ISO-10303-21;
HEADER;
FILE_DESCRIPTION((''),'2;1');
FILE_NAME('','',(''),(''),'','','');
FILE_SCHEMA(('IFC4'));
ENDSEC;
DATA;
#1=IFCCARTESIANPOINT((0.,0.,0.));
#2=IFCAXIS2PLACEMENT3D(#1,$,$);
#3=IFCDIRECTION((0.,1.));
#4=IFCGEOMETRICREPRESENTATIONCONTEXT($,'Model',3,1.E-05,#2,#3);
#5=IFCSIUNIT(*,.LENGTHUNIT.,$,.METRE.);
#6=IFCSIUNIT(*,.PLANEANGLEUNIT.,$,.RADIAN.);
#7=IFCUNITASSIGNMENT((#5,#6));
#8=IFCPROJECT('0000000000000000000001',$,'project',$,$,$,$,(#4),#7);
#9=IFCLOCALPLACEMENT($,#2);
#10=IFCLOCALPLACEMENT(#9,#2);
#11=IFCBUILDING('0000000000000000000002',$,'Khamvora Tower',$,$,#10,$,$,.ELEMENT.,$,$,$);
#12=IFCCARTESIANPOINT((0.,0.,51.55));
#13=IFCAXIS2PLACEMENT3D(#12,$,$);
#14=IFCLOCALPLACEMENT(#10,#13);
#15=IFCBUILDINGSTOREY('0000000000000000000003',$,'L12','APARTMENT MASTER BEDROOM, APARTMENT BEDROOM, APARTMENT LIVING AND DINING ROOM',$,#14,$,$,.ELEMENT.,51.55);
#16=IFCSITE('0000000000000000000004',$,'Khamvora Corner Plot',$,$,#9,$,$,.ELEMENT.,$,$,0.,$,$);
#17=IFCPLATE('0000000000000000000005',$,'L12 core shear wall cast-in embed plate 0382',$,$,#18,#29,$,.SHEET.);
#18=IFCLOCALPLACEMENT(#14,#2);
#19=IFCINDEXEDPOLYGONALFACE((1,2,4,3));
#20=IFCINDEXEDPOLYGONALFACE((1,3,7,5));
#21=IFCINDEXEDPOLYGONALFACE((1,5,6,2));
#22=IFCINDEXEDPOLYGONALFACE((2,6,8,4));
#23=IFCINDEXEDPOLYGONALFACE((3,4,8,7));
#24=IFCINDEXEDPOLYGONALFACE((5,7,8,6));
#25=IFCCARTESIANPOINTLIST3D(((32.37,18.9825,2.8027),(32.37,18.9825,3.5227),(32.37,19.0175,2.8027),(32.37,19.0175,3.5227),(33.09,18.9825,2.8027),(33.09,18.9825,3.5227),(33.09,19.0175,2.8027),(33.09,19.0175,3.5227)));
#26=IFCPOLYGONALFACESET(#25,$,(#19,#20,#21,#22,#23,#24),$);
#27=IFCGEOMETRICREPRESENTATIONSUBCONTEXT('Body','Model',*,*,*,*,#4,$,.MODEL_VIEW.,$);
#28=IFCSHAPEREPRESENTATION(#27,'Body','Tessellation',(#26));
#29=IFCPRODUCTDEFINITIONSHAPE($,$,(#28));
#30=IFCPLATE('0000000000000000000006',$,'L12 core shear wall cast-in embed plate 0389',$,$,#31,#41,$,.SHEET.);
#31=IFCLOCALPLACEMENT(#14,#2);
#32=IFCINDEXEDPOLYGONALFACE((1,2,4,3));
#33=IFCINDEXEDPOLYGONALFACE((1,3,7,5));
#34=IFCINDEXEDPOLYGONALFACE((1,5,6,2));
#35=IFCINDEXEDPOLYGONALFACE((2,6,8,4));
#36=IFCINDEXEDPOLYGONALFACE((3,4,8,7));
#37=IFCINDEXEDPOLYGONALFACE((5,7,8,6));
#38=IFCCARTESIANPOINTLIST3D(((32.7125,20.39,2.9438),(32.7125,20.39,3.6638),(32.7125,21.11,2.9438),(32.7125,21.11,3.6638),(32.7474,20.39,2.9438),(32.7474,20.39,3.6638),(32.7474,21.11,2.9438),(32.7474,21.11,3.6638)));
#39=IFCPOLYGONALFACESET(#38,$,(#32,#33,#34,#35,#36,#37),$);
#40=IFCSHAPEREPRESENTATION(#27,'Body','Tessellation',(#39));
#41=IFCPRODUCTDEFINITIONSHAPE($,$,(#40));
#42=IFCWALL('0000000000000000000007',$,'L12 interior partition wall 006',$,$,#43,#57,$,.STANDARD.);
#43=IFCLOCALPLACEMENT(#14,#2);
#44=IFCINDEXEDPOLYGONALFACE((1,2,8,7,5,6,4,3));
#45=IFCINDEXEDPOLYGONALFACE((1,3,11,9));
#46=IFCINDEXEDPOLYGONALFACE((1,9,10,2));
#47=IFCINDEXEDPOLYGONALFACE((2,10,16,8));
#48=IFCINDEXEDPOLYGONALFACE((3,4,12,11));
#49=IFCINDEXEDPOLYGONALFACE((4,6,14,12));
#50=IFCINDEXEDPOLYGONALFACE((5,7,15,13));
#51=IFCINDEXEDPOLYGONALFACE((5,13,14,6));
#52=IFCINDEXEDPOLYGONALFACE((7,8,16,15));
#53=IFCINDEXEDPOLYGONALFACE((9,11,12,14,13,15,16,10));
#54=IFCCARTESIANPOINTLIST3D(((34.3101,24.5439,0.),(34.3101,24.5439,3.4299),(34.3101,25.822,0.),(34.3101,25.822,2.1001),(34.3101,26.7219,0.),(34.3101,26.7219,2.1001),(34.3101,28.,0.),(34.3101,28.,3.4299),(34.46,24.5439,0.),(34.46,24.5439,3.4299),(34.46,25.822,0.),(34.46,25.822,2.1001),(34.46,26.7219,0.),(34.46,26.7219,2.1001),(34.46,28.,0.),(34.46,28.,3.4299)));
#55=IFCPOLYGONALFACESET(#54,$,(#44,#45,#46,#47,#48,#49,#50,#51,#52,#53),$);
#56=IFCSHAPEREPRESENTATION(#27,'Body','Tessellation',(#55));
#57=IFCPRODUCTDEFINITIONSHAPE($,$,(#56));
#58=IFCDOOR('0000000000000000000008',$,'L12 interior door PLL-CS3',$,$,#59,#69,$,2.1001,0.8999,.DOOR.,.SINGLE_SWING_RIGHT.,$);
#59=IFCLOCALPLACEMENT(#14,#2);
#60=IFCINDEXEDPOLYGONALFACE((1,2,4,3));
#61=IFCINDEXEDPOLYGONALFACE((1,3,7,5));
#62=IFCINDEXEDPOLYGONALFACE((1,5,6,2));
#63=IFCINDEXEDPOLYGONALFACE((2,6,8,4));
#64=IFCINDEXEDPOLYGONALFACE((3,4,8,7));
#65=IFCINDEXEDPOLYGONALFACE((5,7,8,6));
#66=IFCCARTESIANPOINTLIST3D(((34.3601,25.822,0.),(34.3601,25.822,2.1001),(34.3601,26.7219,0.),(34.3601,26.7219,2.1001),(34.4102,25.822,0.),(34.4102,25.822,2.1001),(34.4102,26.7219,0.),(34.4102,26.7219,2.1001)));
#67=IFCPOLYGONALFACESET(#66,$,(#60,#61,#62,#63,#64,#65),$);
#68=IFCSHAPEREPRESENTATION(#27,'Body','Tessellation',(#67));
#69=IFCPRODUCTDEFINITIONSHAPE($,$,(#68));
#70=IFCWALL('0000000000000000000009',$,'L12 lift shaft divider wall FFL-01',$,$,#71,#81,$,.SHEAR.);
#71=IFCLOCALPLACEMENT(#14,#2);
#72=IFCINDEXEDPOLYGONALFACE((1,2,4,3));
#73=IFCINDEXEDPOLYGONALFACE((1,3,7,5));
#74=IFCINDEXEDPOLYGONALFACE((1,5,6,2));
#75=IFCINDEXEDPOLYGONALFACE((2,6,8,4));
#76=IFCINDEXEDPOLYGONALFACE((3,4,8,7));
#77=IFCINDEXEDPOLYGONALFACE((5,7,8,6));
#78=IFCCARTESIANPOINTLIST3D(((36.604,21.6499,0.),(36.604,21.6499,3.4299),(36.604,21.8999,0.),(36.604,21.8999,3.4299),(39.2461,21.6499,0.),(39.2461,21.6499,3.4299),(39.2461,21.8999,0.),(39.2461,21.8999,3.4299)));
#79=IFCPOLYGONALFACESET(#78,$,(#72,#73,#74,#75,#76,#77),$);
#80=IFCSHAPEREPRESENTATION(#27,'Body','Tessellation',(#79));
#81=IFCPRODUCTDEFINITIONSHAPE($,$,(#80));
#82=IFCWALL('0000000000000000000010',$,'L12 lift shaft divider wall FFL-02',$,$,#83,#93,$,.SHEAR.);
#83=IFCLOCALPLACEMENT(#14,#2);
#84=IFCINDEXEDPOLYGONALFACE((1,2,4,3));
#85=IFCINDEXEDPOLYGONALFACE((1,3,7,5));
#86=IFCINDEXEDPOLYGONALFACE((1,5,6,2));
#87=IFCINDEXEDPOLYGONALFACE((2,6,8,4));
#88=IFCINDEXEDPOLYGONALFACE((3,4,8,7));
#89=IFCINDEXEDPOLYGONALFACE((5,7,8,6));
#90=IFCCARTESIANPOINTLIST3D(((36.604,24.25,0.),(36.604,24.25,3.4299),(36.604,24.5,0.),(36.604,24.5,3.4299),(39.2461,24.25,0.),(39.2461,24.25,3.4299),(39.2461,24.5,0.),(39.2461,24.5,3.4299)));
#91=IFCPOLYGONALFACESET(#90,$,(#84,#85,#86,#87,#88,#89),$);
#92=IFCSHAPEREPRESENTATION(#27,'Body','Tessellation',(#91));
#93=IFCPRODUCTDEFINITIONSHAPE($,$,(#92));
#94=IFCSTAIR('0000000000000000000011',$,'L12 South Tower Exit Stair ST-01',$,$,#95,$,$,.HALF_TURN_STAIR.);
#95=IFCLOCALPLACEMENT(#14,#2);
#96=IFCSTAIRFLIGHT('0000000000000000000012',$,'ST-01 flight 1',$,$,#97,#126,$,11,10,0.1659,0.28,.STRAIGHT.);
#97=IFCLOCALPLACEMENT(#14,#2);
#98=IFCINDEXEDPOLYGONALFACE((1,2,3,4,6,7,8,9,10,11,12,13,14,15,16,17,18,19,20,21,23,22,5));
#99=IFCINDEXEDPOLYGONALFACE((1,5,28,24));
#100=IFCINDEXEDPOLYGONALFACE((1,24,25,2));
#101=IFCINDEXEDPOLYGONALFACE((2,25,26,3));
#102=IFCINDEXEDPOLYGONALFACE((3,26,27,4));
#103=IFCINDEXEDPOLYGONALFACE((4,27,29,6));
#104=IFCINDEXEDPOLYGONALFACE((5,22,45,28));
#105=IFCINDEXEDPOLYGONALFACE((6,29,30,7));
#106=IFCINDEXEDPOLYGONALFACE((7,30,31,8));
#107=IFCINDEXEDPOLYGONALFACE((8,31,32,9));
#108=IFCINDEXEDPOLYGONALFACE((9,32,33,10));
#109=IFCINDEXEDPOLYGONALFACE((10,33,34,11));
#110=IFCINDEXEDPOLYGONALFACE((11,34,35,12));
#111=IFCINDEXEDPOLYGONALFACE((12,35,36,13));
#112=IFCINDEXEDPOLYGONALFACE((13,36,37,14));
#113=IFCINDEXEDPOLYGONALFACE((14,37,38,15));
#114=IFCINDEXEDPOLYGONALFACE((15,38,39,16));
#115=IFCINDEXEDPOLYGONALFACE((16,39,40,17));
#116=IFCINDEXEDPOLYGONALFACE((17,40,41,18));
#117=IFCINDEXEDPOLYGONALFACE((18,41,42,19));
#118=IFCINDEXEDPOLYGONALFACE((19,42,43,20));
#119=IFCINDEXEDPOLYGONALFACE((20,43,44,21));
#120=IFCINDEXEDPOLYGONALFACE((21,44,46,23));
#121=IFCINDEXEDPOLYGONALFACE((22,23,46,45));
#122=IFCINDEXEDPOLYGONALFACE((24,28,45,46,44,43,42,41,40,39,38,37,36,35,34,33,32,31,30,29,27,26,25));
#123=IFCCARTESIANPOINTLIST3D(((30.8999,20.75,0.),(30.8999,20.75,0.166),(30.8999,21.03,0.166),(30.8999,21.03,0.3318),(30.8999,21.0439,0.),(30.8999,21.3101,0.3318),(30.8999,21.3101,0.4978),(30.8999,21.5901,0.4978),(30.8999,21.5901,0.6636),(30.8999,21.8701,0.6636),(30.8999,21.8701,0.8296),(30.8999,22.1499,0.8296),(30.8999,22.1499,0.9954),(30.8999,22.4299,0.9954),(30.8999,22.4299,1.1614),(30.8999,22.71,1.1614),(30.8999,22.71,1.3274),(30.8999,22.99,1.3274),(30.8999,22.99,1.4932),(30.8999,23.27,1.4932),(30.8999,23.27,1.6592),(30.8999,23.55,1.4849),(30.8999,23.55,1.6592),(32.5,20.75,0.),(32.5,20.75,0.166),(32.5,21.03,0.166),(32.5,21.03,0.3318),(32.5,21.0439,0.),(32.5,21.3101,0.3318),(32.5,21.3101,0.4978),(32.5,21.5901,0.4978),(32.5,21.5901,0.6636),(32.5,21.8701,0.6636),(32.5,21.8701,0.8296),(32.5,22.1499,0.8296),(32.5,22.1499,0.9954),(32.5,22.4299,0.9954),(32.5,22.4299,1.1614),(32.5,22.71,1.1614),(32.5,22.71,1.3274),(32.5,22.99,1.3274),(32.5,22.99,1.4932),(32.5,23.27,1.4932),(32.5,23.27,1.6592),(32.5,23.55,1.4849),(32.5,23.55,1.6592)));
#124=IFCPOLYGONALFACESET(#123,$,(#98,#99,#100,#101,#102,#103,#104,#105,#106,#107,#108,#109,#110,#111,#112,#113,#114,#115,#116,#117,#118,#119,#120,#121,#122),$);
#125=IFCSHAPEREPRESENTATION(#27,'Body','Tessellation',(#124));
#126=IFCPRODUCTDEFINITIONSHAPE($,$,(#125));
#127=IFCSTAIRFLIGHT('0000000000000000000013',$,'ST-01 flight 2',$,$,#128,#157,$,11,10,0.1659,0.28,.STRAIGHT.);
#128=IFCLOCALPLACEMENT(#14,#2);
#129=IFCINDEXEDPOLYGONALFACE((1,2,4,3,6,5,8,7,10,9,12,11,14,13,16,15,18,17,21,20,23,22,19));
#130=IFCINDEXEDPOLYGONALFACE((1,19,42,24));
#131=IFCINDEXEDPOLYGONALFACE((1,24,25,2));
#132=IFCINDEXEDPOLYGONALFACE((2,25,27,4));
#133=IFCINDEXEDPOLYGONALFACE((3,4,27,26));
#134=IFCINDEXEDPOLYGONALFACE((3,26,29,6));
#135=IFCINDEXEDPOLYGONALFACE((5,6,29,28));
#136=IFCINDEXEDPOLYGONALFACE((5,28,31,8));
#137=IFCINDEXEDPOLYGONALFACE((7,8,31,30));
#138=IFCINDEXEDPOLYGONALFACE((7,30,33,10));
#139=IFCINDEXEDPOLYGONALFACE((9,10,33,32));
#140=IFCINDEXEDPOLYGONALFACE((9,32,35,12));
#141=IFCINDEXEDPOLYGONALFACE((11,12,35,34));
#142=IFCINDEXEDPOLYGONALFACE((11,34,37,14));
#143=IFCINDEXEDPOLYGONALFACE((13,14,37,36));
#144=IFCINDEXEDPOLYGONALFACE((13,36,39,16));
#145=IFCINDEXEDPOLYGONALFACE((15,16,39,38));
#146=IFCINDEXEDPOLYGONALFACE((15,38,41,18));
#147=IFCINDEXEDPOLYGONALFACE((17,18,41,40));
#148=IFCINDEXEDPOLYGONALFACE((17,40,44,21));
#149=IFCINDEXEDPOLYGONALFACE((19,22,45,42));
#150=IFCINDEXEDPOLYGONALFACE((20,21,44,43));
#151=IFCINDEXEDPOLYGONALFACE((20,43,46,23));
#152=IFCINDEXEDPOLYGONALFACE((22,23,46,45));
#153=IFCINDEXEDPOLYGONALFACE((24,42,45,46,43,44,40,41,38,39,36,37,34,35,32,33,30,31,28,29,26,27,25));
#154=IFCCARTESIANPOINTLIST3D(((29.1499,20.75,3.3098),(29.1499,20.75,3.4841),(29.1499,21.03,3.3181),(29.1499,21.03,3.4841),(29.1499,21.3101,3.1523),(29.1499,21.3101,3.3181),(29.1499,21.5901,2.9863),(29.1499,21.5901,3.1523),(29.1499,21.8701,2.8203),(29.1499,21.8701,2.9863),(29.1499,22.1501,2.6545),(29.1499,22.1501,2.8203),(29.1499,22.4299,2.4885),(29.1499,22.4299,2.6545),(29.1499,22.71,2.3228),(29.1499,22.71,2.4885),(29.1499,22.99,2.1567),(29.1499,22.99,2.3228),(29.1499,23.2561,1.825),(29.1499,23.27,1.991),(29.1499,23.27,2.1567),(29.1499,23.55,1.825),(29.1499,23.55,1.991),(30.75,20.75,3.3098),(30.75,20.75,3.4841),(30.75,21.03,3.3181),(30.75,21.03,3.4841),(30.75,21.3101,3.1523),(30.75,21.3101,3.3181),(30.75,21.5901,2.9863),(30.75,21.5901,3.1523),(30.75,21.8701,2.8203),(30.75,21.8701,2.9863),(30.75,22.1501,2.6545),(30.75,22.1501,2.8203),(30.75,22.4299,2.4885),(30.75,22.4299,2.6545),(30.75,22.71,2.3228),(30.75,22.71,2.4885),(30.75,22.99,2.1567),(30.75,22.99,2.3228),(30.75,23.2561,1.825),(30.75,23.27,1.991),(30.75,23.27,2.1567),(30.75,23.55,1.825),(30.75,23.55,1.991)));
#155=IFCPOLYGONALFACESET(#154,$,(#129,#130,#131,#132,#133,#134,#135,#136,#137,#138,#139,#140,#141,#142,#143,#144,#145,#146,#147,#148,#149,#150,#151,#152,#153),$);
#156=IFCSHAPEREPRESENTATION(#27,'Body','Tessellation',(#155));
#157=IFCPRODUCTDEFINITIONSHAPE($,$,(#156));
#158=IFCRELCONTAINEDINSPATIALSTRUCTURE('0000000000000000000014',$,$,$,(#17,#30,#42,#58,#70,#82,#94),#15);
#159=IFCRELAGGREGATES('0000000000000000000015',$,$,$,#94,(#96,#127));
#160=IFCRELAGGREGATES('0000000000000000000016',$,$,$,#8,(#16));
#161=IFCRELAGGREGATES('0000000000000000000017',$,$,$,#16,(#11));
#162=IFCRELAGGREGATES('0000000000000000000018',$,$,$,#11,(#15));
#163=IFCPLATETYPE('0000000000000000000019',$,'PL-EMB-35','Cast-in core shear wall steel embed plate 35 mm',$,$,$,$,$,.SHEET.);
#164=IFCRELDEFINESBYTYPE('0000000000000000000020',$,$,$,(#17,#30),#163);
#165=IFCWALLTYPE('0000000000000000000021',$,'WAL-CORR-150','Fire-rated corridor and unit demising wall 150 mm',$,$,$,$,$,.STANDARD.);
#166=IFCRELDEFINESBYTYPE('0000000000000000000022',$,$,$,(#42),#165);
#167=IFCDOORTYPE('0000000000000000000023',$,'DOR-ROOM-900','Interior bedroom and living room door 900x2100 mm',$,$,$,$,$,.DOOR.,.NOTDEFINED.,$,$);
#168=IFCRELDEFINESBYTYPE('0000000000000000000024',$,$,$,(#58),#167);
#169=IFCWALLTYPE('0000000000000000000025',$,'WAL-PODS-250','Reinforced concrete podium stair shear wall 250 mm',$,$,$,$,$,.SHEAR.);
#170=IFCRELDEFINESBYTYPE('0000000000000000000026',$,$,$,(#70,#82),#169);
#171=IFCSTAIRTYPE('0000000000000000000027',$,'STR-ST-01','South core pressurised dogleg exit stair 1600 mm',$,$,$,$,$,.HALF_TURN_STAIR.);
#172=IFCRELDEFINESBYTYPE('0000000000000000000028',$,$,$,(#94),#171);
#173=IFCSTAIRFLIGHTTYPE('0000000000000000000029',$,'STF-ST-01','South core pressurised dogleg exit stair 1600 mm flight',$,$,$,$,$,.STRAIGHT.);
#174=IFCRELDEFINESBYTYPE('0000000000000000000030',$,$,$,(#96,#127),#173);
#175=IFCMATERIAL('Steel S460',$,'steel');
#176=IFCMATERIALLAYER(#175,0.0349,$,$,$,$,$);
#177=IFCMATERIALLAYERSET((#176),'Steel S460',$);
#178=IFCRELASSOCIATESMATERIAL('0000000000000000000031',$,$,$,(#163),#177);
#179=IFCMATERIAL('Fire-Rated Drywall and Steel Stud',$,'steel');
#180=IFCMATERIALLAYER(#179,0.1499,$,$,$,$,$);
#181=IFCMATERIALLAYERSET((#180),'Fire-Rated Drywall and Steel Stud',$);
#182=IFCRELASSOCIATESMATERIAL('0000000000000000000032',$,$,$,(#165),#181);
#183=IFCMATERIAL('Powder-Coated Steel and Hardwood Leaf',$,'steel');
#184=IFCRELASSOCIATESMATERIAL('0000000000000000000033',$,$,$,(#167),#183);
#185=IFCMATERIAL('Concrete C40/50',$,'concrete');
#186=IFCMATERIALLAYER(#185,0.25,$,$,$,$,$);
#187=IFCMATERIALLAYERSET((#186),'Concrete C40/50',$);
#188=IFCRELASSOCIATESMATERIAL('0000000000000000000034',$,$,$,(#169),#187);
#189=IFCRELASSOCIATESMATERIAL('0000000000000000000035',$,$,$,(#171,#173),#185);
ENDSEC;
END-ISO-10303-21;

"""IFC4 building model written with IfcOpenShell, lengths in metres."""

from ifc_helpers import new_model, si_unit, direction, frame, frame_2d, origin, origin_2d, place, context, subcontext, project, spatial, polyline, rectangle, outline, extrude, material, layer, layer_set, type_object, element, fill, aggregate, save


model = new_model("IFC4")

# Units and contexts
model_context = context("Model", 3, precision=1e-05, world=origin(), true_north=direction((0.0, 1.0)))
body_context = subcontext(model_context, "Body", "Model", "MODEL_VIEW")
ifc_project = project(units=[si_unit("LENGTHUNIT", "METRE"), si_unit("PLANEANGLEUNIT", "RADIAN")], contexts=[model_context])

# Site, building, storey
site_placement = place(None, origin())
site = spatial("IfcSite", under=ifc_project, at=site_placement, Name="Khamvora Corner Plot", CompositionType="ELEMENT", RefElevation=0.0)
building_placement = place(site_placement, origin())
building = spatial("IfcBuilding", under=site, at=building_placement, Name="Khamvora Tower", CompositionType="ELEMENT")
storey_placement = place(building_placement, frame((0.0, 0.0, 51.55)))
storey = spatial("IfcBuildingStorey", under=building, at=storey_placement, Name="L12", Description="APARTMENT MASTER BEDROOM, APARTMENT BEDROOM, APARTMENT LIVING AND DINING ROOM", CompositionType="ELEMENT", Elevation=51.55)

# Shared definitions
ifc_material_1 = material(Name="Steel S460", Category="steel")

# Plates
ifc_layer_1 = layer(ifc_material_1, 0.0349)
ifc_layer_set_1 = layer_set([ifc_layer_1], Name="Steel S460")
plate_type = type_object("IfcPlateType", Name="PL-EMB-35", Description="Cast-in core shear wall steel embed plate 35 mm", PredefinedType="SHEET", material=ifc_layer_set_1)
plate_1_placement = place(storey_placement, frame((32.73, 19.0, 2.8027), z_axis=(0.0, 0.0, 1.0), x_axis=(1.0, 0.0, 0.0)))
element("IfcPlate", 1, at=plate_1_placement, inside=storey, type_object=plate_type, Name="L12 core shear wall cast-in embed plate 0382", PredefinedType="SHEET", context=body_context, shape_type="SweptSolid", body=[
    extrude(rectangle(XDim=0.72, YDim=0.0349, at=origin_2d()), origin(), (0.0, 0.0, 1.0), 0.72),
])
plate_2_placement = place(storey_placement, frame((32.73, 20.75, 2.9438), z_axis=(0.0, 0.0, 1.0), x_axis=(1.0, 0.0, 0.0)))
element("IfcPlate", 2, at=plate_2_placement, inside=storey, type_object=plate_type, Name="L12 core shear wall cast-in embed plate 0389", PredefinedType="SHEET", context=body_context, shape_type="SweptSolid", body=[
    extrude(rectangle(XDim=0.0349, YDim=0.72, at=origin_2d()), origin(), (0.0, 0.0, 1.0), 0.72),
])

# Shared definitions
ifc_material_2 = material(Name="Powder-Coated Steel and Hardwood Leaf", Category="steel")

# Wall, opening, door
ifc_material_3 = material(Name="Fire-Rated Drywall and Steel Stud", Category="steel")
ifc_layer_2 = layer(ifc_material_3, 0.1499)
ifc_layer_set_2 = layer_set([ifc_layer_2], Name="Fire-Rated Drywall and Steel Stud")
wall_type_1 = type_object("IfcWallType", Name="WAL-CORR-150", Description="Fire-rated corridor and unit demising wall 150 mm", PredefinedType="STANDARD", material=ifc_layer_set_2)
wall_1_placement = place(storey_placement, frame((34.385, 24.5439, 0.0), z_axis=(0.0, 0.0, 1.0), x_axis=(0.0, 1.0, 0.0)))
wall_1 = element("IfcWall", 3, at=wall_1_placement, inside=storey, type_object=wall_type_1, Name="L12 interior partition wall 006", PredefinedType="STANDARD", context=body_context, shape_type="SweptSolid", body=[
    extrude(rectangle(XDim=3.4561, YDim=0.1499, at=frame_2d((1.728, 0.0))), origin(), (0.0, 0.0, 1.0), 3.4299),
])
opening_1_placement = place(wall_1_placement, frame((1.2781, 0.0, 0.0)))
opening_1 = element("IfcOpeningElement", 4, at=opening_1_placement, cuts=wall_1, PredefinedType="OPENING", context=body_context, shape_type="SweptSolid", body=[
    extrude(rectangle(XDim=0.8999, YDim=2.1001, at=frame_2d((0.45, 1.05))), frame((0.0, 0.085, 0.0), z_axis=(0.0, -1.0, 0.0), x_axis=(1.0, 0.0, 0.0)), (0.0, 0.0, 1.0), 0.1699),
])
door_type_1 = type_object("IfcDoorType", Name="DOR-ROOM-900", Description="Interior bedroom and living room door 900x2100 mm", OperationType="NOTDEFINED", PredefinedType="DOOR", material=ifc_material_2)
door_1_placement = place(opening_1_placement, origin())
door_1 = element("IfcDoor", 5, at=door_1_placement, inside=storey, type_object=door_type_1, Name="L12 interior door PLL-CS3", OperationType="SINGLE_SWING_RIGHT", OverallHeight=2.1001, OverallWidth=0.8999, PredefinedType="DOOR", context=body_context, shape_type="SweptSolid", body=[
    extrude(rectangle(XDim=0.8999, YDim=2.1001, at=frame_2d((0.45, 1.05))), frame((0.0, 0.0249, 0.0), z_axis=(0.0, -1.0, 0.0), x_axis=(1.0, 0.0, 0.0)), (0.0, 0.0, 1.0), 0.05),
])
fill(opening_1, door_1)

# Walls
ifc_material_4 = material(Name="Concrete C40/50", Category="concrete")
ifc_layer_3 = layer(ifc_material_4, 0.25)
ifc_layer_set_3 = layer_set([ifc_layer_3], Name="Concrete C40/50")
wall_type_2 = type_object("IfcWallType", Name="WAL-PODS-250", Description="Reinforced concrete podium stair shear wall 250 mm", PredefinedType="SHEAR", material=ifc_layer_set_3)
for number, where, z_axis, x_axis, name in (
    (6, (36.604, 21.7749, 0.0), (0.0, 0.0, 1.0), (1.0, 0.0, 0.0), "L12 lift shaft divider wall FFL-01"),
    (7, (36.604, 24.375, 0.0), (0.0, 0.0, 1.0), (1.0, 0.0, 0.0), "L12 lift shaft divider wall FFL-02"),
):
    element("IfcWall", number, at=place(storey_placement, frame(where, z_axis=z_axis, x_axis=x_axis)), inside=storey, type_object=wall_type_2, Name=name, PredefinedType="SHEAR", context=body_context, shape_type="SweptSolid", body=[
        extrude(rectangle(XDim=2.6421, YDim=0.25, at=frame_2d((1.321, 0.0))), origin(), (0.0, 0.0, 1.0), 3.4299),
    ])

# Stair, stair flights
stair_type = type_object("IfcStairType", Name="STR-ST-01", Description="South core pressurised dogleg exit stair 1600 mm", PredefinedType="HALF_TURN_STAIR", material=ifc_material_4)
stair_placement = place(storey_placement, origin())
stair = element("IfcStair", 8, at=stair_placement, inside=storey, type_object=stair_type, Name="L12 South Tower Exit Stair ST-01", PredefinedType="HALF_TURN_STAIR")
stair_flight_type = type_object("IfcStairFlightType", Name="STF-ST-01", Description="South core pressurised dogleg exit stair 1600 mm flight", PredefinedType="STRAIGHT", material=ifc_material_4)
stair_flight_1_placement = place(storey_placement, frame((31.7, 20.75, 0.0), z_axis=(0.0, 0.0, 1.0), x_axis=(0.0, 1.0, 0.0)))
stair_flight_1 = element("IfcStairFlight", 9, at=stair_flight_1_placement, type_object=stair_flight_type, Name="ST-01 flight 1", NumberOfRisers=11, NumberOfTreads=10, PredefinedType="STRAIGHT", RiserHeight=0.1659, TreadLength=0.28, context=body_context, shape_type="SweptSolid", body=[
    extrude(outline(polyline([(0.0, 0.0), (0.0, 0.166), (0.28, 0.166), (0.28, 0.3318), (0.5601, 0.3318), (0.5601, 0.4978), (0.8401, 0.4978), (0.8401, 0.6636), (1.1201, 0.6636), (1.1201, 0.8296), (1.3999, 0.8296), (1.3999, 0.9954), (1.6799, 0.9954), (1.6799, 1.1614), (1.96, 1.1614), (1.96, 1.3274), (2.24, 1.3274), (2.24, 1.4932), (2.52, 1.4932), (2.52, 1.6592), (2.8, 1.6592), (2.8, 1.825), (2.8, 1.4849), (0.2939, 0.0), (0.0, 0.0)])), frame((0.0, 0.8, 0.0), z_axis=(0.0, -1.0, 0.0), x_axis=(1.0, 0.0, 0.0)), (0.0, 0.0, 1.0), 1.6001),
])
stair_flight_2_placement = place(storey_placement, frame((29.95, 23.55, 1.825), z_axis=(0.0, 0.0, 1.0), x_axis=(0.0, -1.0, 0.0)))
stair_flight_2 = element("IfcStairFlight", 10, at=stair_flight_2_placement, type_object=stair_flight_type, Name="ST-01 flight 2", NumberOfRisers=11, NumberOfTreads=10, PredefinedType="STRAIGHT", RiserHeight=0.1659, TreadLength=0.28, context=body_context, shape_type="SweptSolid", body=[
    extrude(outline(polyline([(0.0, 0.0), (0.0, 0.166), (0.28, 0.166), (0.28, 0.3318), (0.5601, 0.3318), (0.5601, 0.4978), (0.8401, 0.4978), (0.8401, 0.6636), (1.1201, 0.6636), (1.1201, 0.8296), (1.3999, 0.8296), (1.3999, 0.9954), (1.6799, 0.9954), (1.6799, 1.1614), (1.96, 1.1614), (1.96, 1.3274), (2.24, 1.3274), (2.24, 1.4932), (2.52, 1.4932), (2.52, 1.6592), (2.8, 1.6592), (2.8, 1.825), (2.8, 1.4849), (0.2939, 0.0), (0.0, 0.0)])), frame((0.0, 0.8, 0.0), z_axis=(0.0, -1.0, 0.0), x_axis=(1.0, 0.0, 0.0)), (0.0, 0.0, 1.0), 1.6001),
])
aggregate(stair, [stair_flight_1, stair_flight_2])

save(model, "model.ifc")
